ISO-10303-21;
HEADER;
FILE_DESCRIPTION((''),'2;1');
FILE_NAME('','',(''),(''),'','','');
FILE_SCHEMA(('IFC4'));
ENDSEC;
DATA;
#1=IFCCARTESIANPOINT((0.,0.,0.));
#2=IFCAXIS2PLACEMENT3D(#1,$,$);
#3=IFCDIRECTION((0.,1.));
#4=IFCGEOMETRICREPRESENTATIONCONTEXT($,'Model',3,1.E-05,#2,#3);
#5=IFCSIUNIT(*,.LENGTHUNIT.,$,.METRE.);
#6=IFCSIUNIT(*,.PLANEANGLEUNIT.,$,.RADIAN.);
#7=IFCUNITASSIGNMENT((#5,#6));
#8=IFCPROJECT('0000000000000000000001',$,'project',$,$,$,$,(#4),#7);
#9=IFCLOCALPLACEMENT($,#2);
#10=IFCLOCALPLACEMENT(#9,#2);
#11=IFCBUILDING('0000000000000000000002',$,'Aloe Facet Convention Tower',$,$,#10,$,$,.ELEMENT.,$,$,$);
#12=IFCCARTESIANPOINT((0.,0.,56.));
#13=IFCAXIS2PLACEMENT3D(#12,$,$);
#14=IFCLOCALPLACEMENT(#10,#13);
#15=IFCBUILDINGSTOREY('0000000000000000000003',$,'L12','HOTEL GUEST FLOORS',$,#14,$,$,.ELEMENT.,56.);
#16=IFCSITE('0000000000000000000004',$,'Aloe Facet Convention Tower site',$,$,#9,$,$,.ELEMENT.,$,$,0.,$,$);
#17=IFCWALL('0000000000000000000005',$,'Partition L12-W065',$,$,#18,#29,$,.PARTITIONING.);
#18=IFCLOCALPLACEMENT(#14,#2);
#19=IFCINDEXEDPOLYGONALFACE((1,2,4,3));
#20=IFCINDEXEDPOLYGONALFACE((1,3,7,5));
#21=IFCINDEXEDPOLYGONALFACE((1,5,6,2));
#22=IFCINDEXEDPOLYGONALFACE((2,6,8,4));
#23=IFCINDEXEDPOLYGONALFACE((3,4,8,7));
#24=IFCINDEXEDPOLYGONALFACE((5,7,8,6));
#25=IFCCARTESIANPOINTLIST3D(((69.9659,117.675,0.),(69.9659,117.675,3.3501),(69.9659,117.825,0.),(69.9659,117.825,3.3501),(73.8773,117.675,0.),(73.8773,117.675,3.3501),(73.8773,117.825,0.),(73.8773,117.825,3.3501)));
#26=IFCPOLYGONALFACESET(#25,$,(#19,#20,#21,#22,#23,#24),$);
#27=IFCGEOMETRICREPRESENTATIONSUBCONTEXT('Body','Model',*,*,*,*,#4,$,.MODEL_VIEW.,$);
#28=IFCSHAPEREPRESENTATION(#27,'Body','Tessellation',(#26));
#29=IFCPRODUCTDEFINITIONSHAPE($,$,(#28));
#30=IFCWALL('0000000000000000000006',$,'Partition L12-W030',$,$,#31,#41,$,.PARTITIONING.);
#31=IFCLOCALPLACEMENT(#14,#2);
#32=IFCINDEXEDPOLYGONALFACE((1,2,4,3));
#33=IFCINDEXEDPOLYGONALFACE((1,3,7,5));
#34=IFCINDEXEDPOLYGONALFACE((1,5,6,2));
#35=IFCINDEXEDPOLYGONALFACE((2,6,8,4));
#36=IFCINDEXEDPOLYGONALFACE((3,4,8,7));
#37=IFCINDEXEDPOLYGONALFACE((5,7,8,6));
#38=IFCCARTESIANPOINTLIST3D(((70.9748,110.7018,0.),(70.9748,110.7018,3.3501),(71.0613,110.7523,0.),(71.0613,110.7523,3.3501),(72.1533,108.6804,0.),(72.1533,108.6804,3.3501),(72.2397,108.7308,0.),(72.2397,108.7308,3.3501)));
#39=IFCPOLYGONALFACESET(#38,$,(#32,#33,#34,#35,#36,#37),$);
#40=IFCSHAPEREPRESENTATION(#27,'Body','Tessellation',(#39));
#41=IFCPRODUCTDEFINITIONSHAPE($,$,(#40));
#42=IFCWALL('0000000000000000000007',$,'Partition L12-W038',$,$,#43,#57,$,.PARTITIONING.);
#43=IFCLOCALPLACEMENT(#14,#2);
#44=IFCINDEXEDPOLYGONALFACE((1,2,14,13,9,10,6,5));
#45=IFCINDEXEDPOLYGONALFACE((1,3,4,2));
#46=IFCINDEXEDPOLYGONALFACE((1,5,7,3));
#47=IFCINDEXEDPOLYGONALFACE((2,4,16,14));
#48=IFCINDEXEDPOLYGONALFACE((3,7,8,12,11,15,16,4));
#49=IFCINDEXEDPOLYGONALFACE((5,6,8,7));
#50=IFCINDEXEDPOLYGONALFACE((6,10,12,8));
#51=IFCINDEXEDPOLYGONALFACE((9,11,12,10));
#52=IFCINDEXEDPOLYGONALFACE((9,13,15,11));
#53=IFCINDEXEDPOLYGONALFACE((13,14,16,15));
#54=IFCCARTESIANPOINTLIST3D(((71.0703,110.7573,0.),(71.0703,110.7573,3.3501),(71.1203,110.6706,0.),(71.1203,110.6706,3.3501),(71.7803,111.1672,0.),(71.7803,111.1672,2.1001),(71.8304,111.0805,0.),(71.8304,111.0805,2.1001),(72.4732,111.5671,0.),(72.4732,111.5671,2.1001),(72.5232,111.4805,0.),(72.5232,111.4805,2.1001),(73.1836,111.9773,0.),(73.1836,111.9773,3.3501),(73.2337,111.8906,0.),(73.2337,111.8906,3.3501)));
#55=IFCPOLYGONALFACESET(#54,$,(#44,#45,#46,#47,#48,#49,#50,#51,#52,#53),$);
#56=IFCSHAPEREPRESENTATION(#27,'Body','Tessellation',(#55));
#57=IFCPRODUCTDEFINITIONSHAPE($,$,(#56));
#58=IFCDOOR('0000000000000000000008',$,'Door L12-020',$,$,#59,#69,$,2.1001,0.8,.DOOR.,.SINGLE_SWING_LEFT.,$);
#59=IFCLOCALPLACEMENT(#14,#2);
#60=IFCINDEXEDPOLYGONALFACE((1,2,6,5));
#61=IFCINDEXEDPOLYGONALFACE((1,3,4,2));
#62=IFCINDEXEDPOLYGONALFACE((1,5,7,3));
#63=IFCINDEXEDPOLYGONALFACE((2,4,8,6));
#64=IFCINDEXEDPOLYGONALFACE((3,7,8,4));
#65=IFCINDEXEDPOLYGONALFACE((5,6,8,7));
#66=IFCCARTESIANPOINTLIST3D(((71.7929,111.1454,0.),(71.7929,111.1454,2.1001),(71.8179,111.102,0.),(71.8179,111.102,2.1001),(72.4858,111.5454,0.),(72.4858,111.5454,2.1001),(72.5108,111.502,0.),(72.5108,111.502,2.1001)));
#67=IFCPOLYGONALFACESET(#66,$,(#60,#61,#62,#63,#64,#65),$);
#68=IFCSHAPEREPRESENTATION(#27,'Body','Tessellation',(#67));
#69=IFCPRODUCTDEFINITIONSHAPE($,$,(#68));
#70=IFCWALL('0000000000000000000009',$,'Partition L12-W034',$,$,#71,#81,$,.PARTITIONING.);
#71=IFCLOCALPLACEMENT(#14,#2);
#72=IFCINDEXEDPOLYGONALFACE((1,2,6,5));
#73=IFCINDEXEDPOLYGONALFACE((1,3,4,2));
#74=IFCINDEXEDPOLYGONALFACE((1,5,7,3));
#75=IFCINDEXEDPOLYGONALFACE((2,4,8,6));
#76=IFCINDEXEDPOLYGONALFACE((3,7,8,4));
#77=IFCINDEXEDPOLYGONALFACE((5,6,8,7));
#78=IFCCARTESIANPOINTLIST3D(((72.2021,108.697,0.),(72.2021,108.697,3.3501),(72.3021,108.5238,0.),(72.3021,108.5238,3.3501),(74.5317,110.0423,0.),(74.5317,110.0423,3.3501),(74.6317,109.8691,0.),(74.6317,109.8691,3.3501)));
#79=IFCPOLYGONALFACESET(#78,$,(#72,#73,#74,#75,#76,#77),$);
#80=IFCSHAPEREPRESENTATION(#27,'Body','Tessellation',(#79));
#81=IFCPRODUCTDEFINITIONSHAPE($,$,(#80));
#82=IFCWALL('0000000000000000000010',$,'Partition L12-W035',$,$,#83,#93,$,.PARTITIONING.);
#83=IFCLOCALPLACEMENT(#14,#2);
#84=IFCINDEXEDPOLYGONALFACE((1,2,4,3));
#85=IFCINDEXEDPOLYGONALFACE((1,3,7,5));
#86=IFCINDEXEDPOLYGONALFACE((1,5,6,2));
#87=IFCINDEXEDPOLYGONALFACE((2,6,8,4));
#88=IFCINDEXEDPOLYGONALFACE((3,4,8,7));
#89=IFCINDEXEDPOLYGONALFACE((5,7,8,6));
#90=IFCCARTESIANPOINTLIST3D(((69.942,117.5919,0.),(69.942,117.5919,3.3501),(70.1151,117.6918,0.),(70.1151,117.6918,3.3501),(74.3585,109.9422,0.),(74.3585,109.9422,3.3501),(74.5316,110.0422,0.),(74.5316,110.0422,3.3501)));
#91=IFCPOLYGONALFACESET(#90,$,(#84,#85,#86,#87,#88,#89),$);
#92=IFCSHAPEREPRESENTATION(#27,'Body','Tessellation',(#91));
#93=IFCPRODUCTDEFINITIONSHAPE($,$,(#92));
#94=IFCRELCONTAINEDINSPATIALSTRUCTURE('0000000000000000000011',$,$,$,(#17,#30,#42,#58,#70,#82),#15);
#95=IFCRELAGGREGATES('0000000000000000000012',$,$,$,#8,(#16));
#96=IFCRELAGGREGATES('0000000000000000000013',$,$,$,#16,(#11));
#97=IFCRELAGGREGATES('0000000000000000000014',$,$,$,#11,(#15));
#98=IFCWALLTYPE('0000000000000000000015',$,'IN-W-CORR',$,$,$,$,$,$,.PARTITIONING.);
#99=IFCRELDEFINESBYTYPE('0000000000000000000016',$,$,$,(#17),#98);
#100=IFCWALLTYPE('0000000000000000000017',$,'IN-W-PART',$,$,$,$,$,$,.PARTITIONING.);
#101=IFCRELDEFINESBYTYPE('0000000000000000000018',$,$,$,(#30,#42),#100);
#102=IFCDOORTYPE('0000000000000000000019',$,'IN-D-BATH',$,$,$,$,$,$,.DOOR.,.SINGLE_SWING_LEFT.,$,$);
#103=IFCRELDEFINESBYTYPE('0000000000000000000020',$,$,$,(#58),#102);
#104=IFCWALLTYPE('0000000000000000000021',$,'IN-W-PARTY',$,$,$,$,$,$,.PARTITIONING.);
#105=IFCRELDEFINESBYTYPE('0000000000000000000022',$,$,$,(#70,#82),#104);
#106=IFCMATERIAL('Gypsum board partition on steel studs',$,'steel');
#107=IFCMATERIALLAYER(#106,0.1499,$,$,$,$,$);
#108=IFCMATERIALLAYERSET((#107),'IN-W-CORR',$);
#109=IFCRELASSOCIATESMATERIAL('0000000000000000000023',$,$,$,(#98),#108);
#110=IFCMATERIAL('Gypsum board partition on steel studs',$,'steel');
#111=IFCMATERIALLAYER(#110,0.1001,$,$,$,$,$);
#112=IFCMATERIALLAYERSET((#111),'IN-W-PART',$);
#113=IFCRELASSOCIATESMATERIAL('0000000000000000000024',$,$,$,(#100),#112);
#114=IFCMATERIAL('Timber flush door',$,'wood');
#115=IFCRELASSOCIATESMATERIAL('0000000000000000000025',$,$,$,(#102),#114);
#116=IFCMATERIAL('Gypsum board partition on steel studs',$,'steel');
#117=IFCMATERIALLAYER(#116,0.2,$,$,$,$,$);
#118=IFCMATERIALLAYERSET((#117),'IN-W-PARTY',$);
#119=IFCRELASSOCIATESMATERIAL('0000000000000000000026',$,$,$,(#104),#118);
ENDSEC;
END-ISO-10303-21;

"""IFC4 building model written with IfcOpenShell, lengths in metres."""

from ifc_helpers import new_model, si_unit, direction, frame, frame_2d, origin, place, context, subcontext, project, spatial, rectangle, extrude, material, layer, layer_set, type_object, element, fill, save


model = new_model("IFC4")

# Units and contexts
model_context = context("Model", 3, precision=1e-05, world=origin(), true_north=direction((0.0, 1.0)))
body_context = subcontext(model_context, "Body", "Model", "MODEL_VIEW")
ifc_project = project(units=[si_unit("LENGTHUNIT", "METRE"), si_unit("PLANEANGLEUNIT", "RADIAN")], contexts=[model_context])

# Site, building, storey
site_placement = place(None, origin())
site = spatial("IfcSite", under=ifc_project, at=site_placement, Name="Aloe Facet Convention Tower site", CompositionType="ELEMENT", RefElevation=0.0)
building_placement = place(site_placement, origin())
building = spatial("IfcBuilding", under=site, at=building_placement, Name="Aloe Facet Convention Tower", CompositionType="ELEMENT")
storey_placement = place(building_placement, frame((0.0, 0.0, 56.0)))
storey = spatial("IfcBuildingStorey", under=building, at=storey_placement, Name="L12", Description="HOTEL GUEST FLOORS", CompositionType="ELEMENT", Elevation=56.0)

# Walls
ifc_material_1 = material(Name="Gypsum board partition on steel studs", Category="steel")
ifc_layer_1 = layer(ifc_material_1, 0.1499)
ifc_layer_set_1 = layer_set([ifc_layer_1], Name="IN-W-CORR")
wall_type_1 = type_object("IfcWallType", Name="IN-W-CORR", PredefinedType="PARTITIONING", material=ifc_layer_set_1)
wall_1_placement = place(storey_placement, frame((69.9661, 117.75, 0.0), z_axis=(0.0, 0.0, 1.0), x_axis=(1.0, 0.0, 0.0)))
element("IfcWall", 1, at=wall_1_placement, inside=storey, type_object=wall_type_1, Name="Partition L12-W065", PredefinedType="PARTITIONING", context=body_context, shape_type="SweptSolid", body=[
    extrude(rectangle(XDim=3.9114, YDim=0.1499, at=frame_2d((1.9556, 0.0))), origin(), (0.0, 0.0, 1.0), 3.3501),
])
ifc_material_2 = material(Name="Gypsum board partition on steel studs", Category="steel")
ifc_layer_2 = layer(ifc_material_2, 0.1001)
ifc_layer_set_2 = layer_set([ifc_layer_2], Name="IN-W-PART")
wall_type_2 = type_object("IfcWallType", Name="IN-W-PART", PredefinedType="PARTITIONING", material=ifc_layer_set_2)
wall_2_placement = place(storey_placement, frame((71.0181, 110.7271, 0.0), z_axis=(0.0, 0.0, 1.0), x_axis=(0.503637, -0.863915, 0.0)))
element("IfcWall", 2, at=wall_2_placement, inside=storey, type_object=wall_type_2, Name="Partition L12-W030", PredefinedType="PARTITIONING", context=body_context, shape_type="SweptSolid", body=[
    extrude(rectangle(XDim=2.3398, YDim=0.1001, at=frame_2d((1.1699, 0.0))), origin(), (0.0, 0.0, 1.0), 3.3501),
])

# Wall, opening, door
wall_3_placement = place(storey_placement, frame((71.0952, 110.7139, 0.0), z_axis=(0.0, 0.0, 1.0), x_axis=(0.866049, 0.499959, 0.0)))
wall_3 = element("IfcWall", 3, at=wall_3_placement, inside=storey, type_object=wall_type_2, Name="Partition L12-W038", PredefinedType="PARTITIONING", context=body_context, shape_type="SweptSolid", body=[
    extrude(rectangle(XDim=2.4402, YDim=0.1001, at=frame_2d((1.2202, 0.0))), origin(), (0.0, 0.0, 1.0), 3.3501),
])
opening_placement = place(wall_3_placement, frame((0.8201, 0.0, 0.0)))
opening = element("IfcOpeningElement", 4, at=opening_placement, cuts=wall_3, PredefinedType="OPENING", context=body_context, shape_type="SweptSolid", body=[
    extrude(rectangle(XDim=0.8, YDim=2.1001, at=frame_2d((0.3999, 1.05))), frame((0.0, 0.0601, 0.0), z_axis=(0.0, -1.0, 0.0), x_axis=(1.0, 0.0, 0.0)), (0.0, 0.0, 1.0), 0.1201),
])
ifc_material_3 = material(Name="Timber flush door", Category="wood")
door_type = type_object("IfcDoorType", Name="IN-D-BATH", OperationType="SINGLE_SWING_LEFT", PredefinedType="DOOR", material=ifc_material_3)
door_placement = place(opening_placement, origin())
door = element("IfcDoor", 5, at=door_placement, inside=storey, type_object=door_type, Name="Door L12-020", OperationType="SINGLE_SWING_LEFT", OverallHeight=2.1001, OverallWidth=0.8, PredefinedType="DOOR", context=body_context, shape_type="SweptSolid", body=[
    extrude(rectangle(XDim=0.8, YDim=2.1001, at=frame_2d((0.3999, 1.05))), frame((0.0, 0.0249, 0.0), z_axis=(0.0, -1.0, 0.0), x_axis=(1.0, 0.0, 0.0)), (0.0, 0.0, 1.0), 0.05),
])
fill(opening, door)

# Walls
ifc_material_4 = material(Name="Gypsum board partition on steel studs", Category="steel")
ifc_layer_3 = layer(ifc_material_4, 0.2)
ifc_layer_set_3 = layer_set([ifc_layer_3], Name="IN-W-PARTY")
wall_type_3 = type_object("IfcWallType", Name="IN-W-PARTY", PredefinedType="PARTITIONING", material=ifc_layer_set_3)
wall_4_placement = place(storey_placement, frame((72.252, 108.6104, 0.0), z_axis=(0.0, 0.0, 1.0), x_axis=(0.865989, 0.500063, 0.0)))
element("IfcWall", 6, at=wall_4_placement, inside=storey, type_object=wall_type_3, Name="Partition L12-W034", PredefinedType="PARTITIONING", context=body_context, shape_type="SweptSolid", body=[
    extrude(rectangle(XDim=2.6902, YDim=0.2, at=frame_2d((1.3452, 0.0))), origin(), (0.0, 0.0, 1.0), 3.3501),
])
wall_5_placement = place(storey_placement, frame((70.0286, 117.6418, 0.0), z_axis=(0.0, 0.0, 1.0), x_axis=(0.499998, -0.866027, 0.0)))
element("IfcWall", 7, at=wall_5_placement, inside=storey, type_object=wall_type_3, Name="Partition L12-W035", PredefinedType="PARTITIONING", context=body_context, shape_type="SweptSolid", body=[
    extrude(rectangle(XDim=8.833, YDim=0.2, at=frame_2d((4.4165, 0.0))), origin(), (0.0, 0.0, 1.0), 3.3501),
])

save(model, "model.ifc")
